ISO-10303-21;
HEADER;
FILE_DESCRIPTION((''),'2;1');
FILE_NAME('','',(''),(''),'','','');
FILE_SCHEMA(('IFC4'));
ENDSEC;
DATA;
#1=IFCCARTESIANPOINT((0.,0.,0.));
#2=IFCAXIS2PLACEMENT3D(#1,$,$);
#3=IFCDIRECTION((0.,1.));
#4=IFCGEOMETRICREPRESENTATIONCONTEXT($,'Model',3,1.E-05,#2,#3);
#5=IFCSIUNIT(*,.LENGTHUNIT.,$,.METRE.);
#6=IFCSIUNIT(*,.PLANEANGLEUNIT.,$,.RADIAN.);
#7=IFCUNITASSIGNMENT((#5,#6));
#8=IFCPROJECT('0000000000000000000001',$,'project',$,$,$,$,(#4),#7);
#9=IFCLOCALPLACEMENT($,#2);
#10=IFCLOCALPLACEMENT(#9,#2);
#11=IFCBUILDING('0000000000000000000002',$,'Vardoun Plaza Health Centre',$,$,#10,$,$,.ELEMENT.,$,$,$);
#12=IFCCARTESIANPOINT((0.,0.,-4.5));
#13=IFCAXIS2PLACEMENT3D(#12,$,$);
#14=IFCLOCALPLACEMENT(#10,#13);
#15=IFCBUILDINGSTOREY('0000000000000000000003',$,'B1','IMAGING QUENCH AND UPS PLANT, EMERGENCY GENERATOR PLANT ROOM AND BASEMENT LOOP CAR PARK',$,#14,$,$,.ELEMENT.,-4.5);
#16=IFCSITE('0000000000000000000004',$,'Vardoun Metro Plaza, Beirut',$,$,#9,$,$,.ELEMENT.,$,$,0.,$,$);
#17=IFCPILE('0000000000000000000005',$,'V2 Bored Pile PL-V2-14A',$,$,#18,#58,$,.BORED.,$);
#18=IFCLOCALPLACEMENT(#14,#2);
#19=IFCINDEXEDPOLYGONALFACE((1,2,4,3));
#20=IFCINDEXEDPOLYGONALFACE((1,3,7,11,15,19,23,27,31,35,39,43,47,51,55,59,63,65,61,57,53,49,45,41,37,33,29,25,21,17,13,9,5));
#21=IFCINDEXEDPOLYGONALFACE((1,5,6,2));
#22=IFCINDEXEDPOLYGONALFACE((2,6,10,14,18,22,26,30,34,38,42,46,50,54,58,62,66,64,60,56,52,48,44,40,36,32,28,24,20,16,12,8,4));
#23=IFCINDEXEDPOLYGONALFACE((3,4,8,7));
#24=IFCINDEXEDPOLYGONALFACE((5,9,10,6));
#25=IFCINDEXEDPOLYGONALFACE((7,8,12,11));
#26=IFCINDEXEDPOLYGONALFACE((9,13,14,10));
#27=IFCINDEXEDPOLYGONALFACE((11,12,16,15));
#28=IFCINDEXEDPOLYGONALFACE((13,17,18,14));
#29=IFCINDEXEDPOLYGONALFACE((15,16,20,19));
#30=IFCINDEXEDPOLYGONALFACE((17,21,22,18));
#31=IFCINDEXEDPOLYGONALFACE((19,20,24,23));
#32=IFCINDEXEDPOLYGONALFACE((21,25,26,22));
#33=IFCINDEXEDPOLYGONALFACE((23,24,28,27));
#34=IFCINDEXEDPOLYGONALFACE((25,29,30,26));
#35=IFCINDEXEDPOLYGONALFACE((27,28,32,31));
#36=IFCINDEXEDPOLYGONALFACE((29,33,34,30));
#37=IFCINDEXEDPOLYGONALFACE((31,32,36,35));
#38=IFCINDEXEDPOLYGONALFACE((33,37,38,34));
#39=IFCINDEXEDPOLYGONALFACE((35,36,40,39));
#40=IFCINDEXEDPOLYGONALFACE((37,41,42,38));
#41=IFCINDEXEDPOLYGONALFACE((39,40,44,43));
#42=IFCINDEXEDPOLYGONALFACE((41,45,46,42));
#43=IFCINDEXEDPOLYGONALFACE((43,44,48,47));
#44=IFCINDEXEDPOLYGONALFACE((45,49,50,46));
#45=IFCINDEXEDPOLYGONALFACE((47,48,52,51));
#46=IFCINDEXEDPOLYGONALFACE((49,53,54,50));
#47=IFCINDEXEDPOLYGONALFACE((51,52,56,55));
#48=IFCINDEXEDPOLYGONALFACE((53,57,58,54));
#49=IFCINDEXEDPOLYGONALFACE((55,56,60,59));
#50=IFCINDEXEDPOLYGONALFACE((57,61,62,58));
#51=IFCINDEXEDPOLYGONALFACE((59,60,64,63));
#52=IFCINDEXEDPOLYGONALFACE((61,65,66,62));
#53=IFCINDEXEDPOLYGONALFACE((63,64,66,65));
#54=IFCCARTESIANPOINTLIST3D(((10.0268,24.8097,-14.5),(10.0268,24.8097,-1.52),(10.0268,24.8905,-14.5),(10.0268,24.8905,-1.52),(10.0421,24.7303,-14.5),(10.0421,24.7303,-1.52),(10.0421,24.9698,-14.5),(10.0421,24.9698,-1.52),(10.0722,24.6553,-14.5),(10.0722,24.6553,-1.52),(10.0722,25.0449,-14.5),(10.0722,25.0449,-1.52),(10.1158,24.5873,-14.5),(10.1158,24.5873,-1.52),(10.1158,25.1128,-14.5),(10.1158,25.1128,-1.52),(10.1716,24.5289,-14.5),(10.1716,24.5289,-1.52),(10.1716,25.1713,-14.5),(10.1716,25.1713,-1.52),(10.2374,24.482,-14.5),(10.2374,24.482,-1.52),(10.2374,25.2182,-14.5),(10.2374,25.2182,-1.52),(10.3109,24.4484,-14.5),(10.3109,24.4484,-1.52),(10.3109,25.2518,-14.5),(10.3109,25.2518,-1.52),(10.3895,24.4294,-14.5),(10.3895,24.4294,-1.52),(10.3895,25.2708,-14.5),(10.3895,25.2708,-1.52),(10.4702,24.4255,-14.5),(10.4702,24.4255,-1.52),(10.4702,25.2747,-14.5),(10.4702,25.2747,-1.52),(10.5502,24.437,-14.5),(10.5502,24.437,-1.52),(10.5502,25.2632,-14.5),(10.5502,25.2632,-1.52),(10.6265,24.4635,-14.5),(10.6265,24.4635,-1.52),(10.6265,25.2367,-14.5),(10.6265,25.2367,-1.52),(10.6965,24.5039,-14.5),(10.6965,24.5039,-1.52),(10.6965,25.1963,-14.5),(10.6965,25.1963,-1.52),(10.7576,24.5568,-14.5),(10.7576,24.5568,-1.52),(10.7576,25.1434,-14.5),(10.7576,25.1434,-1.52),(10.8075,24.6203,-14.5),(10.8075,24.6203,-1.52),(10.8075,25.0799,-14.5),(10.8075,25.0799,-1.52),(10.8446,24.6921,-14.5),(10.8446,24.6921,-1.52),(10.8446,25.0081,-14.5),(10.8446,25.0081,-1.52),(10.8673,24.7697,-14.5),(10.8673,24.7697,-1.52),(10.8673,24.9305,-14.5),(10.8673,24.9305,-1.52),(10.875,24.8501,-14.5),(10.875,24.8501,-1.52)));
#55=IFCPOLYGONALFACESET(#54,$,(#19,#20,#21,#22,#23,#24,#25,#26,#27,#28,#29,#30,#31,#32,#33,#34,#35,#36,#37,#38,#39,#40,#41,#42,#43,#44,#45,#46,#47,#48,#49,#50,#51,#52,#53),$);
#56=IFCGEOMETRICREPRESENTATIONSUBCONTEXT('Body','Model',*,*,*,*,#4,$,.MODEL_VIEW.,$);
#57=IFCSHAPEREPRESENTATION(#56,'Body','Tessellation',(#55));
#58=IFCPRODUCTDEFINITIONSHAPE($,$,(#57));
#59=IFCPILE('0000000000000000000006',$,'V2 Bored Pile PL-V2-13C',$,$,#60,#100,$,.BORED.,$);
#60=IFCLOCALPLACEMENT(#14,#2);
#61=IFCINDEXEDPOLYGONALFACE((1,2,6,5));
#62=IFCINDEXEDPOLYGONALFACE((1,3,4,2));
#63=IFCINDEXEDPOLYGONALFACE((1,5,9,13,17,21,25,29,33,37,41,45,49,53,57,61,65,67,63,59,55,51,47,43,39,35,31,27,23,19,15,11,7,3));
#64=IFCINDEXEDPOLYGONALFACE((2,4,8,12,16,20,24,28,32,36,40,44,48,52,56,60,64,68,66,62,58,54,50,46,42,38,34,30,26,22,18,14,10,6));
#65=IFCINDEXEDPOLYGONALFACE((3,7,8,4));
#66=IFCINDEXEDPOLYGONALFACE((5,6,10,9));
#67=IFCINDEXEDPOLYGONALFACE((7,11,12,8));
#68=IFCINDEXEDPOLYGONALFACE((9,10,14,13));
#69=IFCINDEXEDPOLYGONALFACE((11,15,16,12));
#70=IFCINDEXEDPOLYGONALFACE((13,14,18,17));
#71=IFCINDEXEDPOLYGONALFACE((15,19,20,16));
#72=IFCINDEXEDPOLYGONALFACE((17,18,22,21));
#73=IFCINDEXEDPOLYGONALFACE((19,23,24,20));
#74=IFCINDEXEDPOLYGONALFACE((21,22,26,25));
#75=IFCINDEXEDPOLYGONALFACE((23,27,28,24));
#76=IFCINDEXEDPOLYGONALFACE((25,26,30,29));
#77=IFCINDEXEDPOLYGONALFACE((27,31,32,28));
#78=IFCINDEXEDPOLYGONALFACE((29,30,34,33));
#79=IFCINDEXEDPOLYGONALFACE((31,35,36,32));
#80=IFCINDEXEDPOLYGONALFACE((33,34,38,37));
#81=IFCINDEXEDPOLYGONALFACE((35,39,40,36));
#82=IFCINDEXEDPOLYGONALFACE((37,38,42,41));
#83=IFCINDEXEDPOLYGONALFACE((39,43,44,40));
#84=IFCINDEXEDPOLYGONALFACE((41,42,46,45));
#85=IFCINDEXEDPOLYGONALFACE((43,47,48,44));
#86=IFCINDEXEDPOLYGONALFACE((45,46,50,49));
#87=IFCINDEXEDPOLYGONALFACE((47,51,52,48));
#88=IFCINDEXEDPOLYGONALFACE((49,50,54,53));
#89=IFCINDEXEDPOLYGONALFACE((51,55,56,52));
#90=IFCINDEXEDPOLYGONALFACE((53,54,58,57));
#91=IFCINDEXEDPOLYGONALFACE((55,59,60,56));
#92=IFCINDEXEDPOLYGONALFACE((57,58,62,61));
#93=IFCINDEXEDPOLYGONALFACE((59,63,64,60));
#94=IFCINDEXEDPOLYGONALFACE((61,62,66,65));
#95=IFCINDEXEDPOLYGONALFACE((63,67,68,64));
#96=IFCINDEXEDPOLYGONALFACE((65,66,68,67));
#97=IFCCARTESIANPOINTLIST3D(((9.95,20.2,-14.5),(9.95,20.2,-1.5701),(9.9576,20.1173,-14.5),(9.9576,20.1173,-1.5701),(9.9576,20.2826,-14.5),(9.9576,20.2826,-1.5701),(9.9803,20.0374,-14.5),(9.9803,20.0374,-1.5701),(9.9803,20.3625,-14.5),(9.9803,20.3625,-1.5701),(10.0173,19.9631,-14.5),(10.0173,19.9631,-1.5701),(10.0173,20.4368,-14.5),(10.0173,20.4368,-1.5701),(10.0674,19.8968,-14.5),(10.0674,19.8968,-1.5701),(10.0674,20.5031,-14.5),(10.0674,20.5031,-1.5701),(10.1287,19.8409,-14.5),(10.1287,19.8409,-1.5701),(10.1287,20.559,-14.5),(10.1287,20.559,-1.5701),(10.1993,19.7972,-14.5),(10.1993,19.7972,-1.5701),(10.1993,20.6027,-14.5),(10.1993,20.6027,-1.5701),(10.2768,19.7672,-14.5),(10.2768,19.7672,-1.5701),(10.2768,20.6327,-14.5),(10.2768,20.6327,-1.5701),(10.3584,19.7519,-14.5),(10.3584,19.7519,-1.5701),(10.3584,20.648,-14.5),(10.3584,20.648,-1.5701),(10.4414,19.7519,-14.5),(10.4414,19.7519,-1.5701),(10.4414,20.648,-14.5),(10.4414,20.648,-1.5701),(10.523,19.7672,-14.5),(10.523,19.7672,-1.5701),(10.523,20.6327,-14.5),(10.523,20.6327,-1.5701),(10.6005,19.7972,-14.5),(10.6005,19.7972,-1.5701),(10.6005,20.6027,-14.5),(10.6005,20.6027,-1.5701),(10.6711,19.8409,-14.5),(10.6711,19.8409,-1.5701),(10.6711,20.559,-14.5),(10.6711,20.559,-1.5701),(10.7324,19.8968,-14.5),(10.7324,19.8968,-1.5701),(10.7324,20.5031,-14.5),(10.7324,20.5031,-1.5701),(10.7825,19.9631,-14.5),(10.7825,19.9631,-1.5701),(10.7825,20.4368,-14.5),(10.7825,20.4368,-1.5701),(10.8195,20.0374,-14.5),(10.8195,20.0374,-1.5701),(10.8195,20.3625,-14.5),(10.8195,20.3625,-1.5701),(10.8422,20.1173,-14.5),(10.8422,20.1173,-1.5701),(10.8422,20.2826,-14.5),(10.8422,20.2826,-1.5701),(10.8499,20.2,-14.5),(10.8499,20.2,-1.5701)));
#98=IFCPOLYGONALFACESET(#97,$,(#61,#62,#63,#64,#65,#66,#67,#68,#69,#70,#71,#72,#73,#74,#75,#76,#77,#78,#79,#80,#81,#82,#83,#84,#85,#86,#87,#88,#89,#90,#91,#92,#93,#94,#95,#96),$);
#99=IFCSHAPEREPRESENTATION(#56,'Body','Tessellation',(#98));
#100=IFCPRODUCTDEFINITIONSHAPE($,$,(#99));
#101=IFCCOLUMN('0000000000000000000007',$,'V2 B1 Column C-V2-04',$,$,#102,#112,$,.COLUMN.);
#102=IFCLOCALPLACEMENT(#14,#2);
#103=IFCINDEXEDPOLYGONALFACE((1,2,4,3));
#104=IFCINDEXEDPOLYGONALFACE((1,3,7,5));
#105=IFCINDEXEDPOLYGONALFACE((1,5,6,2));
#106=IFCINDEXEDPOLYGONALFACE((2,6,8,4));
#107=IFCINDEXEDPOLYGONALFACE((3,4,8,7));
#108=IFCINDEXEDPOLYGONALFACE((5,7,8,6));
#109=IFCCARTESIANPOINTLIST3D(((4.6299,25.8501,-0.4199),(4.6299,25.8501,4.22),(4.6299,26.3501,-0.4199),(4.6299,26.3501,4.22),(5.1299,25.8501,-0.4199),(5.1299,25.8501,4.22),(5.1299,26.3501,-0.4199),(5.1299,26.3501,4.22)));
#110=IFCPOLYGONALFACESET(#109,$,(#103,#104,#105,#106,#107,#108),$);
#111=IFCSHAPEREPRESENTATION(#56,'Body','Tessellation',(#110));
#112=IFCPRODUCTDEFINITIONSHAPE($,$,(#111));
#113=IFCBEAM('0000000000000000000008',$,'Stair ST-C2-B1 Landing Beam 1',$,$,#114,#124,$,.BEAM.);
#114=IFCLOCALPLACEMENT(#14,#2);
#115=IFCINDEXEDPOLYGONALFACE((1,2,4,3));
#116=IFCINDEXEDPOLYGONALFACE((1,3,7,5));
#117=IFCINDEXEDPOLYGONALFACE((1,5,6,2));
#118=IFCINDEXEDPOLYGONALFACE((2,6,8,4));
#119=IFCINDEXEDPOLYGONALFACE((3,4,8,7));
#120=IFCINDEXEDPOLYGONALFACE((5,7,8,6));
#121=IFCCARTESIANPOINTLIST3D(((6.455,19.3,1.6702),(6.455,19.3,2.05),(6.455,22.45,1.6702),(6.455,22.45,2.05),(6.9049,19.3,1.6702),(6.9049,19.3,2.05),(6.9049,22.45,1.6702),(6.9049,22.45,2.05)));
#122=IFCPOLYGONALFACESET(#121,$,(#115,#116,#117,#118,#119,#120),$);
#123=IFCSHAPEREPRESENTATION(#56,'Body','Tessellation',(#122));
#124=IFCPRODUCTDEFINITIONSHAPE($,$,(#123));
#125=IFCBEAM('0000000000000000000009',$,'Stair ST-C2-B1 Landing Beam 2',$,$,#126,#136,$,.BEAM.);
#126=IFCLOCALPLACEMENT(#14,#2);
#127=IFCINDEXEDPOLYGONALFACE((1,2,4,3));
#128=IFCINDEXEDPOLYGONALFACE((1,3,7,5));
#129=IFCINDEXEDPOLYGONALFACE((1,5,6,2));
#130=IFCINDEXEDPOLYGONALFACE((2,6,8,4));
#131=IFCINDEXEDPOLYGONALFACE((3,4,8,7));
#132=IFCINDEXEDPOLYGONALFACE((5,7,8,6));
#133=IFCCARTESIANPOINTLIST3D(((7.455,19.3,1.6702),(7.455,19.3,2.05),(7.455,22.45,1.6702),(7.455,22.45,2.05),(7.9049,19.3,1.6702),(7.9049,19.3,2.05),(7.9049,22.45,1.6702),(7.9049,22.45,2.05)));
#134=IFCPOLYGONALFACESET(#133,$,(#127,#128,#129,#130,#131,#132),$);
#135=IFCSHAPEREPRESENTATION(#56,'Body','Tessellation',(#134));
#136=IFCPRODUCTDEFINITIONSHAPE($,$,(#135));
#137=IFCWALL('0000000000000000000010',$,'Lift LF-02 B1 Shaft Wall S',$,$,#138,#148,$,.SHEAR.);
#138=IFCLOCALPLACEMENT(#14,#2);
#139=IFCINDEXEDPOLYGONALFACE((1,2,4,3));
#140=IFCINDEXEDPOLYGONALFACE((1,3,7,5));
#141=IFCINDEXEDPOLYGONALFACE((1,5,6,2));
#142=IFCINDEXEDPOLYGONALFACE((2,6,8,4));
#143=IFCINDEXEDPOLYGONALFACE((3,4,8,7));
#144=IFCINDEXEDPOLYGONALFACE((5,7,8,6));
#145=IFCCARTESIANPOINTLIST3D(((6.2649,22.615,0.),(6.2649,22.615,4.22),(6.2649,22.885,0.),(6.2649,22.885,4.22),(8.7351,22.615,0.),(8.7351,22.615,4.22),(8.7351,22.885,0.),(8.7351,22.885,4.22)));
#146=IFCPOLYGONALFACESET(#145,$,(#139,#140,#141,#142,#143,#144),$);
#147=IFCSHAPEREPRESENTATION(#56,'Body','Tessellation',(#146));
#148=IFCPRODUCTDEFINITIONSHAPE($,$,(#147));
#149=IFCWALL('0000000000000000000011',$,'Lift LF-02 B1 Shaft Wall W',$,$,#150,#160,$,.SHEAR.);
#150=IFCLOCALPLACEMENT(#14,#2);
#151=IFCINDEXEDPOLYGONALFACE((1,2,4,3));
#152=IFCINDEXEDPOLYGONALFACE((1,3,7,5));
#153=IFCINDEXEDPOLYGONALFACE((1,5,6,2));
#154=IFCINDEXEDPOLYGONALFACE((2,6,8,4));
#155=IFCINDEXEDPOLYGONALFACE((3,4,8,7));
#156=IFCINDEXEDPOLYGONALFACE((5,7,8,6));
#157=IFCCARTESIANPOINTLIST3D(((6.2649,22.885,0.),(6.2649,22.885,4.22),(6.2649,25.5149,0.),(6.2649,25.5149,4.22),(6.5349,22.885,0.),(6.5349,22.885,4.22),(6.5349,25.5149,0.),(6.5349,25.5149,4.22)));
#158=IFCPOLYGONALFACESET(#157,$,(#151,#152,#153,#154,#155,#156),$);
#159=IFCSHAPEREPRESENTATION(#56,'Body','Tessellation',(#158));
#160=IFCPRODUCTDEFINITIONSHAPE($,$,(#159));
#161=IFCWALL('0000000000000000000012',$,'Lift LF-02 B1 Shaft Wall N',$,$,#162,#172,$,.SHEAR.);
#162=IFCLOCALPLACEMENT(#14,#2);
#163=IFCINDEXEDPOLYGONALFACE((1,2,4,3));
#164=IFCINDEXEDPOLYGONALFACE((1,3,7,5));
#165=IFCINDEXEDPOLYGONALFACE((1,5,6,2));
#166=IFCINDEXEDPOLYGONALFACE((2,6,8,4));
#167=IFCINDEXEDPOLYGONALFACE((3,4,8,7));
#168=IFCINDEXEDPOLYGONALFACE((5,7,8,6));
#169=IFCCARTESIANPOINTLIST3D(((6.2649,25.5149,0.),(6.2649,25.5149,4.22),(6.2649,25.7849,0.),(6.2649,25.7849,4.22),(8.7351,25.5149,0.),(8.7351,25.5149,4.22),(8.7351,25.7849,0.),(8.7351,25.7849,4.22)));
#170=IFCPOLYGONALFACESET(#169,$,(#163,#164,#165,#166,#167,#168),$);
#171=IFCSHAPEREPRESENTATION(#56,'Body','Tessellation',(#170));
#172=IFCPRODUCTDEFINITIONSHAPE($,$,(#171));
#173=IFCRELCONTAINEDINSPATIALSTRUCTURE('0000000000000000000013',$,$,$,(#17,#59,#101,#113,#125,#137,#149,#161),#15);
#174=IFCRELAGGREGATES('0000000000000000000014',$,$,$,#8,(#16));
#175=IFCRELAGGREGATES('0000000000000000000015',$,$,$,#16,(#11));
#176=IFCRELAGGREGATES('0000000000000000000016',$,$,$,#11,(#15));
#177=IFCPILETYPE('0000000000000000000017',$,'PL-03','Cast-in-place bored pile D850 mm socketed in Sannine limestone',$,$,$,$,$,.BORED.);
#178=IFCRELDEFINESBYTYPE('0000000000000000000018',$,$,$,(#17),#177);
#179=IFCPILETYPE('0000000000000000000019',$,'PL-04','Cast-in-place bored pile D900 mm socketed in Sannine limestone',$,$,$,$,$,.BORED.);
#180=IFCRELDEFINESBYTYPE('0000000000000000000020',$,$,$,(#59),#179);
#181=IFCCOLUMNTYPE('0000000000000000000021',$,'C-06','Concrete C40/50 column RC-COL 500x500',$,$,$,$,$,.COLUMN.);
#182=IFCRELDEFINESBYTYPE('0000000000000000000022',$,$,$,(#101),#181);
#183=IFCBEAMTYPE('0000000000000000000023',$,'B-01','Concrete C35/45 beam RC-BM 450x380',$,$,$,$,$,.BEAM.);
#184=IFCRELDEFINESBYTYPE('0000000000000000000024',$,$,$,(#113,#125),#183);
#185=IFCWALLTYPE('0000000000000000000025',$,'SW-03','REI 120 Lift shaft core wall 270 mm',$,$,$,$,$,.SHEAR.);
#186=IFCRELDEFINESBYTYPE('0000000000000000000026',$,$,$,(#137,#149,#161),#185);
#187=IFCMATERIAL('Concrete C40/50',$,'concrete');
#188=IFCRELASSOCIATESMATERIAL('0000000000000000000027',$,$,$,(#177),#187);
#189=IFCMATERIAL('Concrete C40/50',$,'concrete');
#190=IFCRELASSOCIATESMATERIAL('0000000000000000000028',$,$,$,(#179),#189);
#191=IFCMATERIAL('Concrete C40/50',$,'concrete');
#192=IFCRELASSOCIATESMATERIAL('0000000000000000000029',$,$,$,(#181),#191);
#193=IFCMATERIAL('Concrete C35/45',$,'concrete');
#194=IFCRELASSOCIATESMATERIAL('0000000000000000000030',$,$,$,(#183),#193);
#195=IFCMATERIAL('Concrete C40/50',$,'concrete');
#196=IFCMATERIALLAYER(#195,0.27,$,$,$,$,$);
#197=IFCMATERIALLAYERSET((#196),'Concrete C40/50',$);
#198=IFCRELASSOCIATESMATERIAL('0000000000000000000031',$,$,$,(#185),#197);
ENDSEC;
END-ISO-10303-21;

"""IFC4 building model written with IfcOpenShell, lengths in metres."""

from ifc_helpers import new_model, si_unit, direction, frame, frame_2d, origin, origin_2d, place, context, subcontext, project, spatial, rectangle, circle, extrude, material, layer, layer_set, material_profile, profile_set, type_object, element, save


model = new_model("IFC4")

# Units and contexts
model_context = context("Model", 3, precision=1e-05, world=origin(), true_north=direction((0.0, 1.0)))
body_context = subcontext(model_context, "Body", "Model", "MODEL_VIEW")
ifc_project = project(units=[si_unit("LENGTHUNIT", "METRE"), si_unit("PLANEANGLEUNIT", "RADIAN")], contexts=[model_context])

# Site, building, storey
site_placement = place(None, origin())
site = spatial("IfcSite", under=ifc_project, at=site_placement, Name="Vardoun Metro Plaza, Beirut", CompositionType="ELEMENT", RefElevation=0.0)
building_placement = place(site_placement, origin())
building = spatial("IfcBuilding", under=site, at=building_placement, Name="Vardoun Plaza Health Centre", CompositionType="ELEMENT")
storey_placement = place(building_placement, frame((0.0, 0.0, -4.5)))
storey = spatial("IfcBuildingStorey", under=building, at=storey_placement, Name="B1", Description="IMAGING QUENCH AND UPS PLANT, EMERGENCY GENERATOR PLANT ROOM AND BASEMENT LOOP CAR PARK", CompositionType="ELEMENT", Elevation=-4.5)

# Piles
ifc_material_1 = material(Name="Concrete C40/50", Category="concrete")
ifc_material_profile_1 = material_profile(ifc_material_1, circle(Radius=0.425, at=origin_2d()), Name="PILE D850")
ifc_profile_set_1 = profile_set([ifc_material_profile_1], Name="Concrete C40/50")
pile_type_1 = type_object("IfcPileType", Name="PL-03", Description="Cast-in-place bored pile D850 mm socketed in Sannine limestone", PredefinedType="BORED", material=ifc_profile_set_1)
pile_1_placement = place(storey_placement, frame((10.45, 24.8501, -1.52), z_axis=(0.0, 0.0, -1.0), x_axis=(1.0, 0.0, 0.0)))
element("IfcPile", 1, at=pile_1_placement, inside=storey, type_object=pile_type_1, Name="V2 Bored Pile PL-V2-14A", PredefinedType="BORED", context=body_context, shape_type="SweptSolid", body=[
    extrude(circle(Radius=0.425, at=origin_2d()), origin(), (0.0, 0.0, 1.0), 12.98),
])
ifc_material_2 = material(Name="Concrete C40/50", Category="concrete")
ifc_material_profile_2 = material_profile(ifc_material_2, circle(Radius=0.45, at=origin_2d()), Name="PILE D900")
ifc_profile_set_2 = profile_set([ifc_material_profile_2], Name="Concrete C40/50")
pile_type_2 = type_object("IfcPileType", Name="PL-04", Description="Cast-in-place bored pile D900 mm socketed in Sannine limestone", PredefinedType="BORED", material=ifc_profile_set_2)
pile_2_placement = place(storey_placement, frame((10.3999, 20.2, -1.5701), z_axis=(0.0, 0.0, -1.0), x_axis=(1.0, 0.0, 0.0)))
element("IfcPile", 2, at=pile_2_placement, inside=storey, type_object=pile_type_2, Name="V2 Bored Pile PL-V2-13C", PredefinedType="BORED", context=body_context, shape_type="SweptSolid", body=[
    extrude(circle(Radius=0.45, at=origin_2d()), origin(), (0.0, 0.0, 1.0), 12.9299),
])

# Column
ifc_material_3 = material(Name="Concrete C40/50", Category="concrete")
ifc_material_profile_3 = material_profile(ifc_material_3, rectangle(XDim=0.5, YDim=0.5, at=origin_2d()), Name="RC-COL 500x500")
ifc_profile_set_3 = profile_set([ifc_material_profile_3], Name="Concrete C40/50")
column_type = type_object("IfcColumnType", Name="C-06", Description="Concrete C40/50 column RC-COL 500x500", PredefinedType="COLUMN", material=ifc_profile_set_3)
column_placement = place(storey_placement, frame((4.8799, 26.1001, -0.4199), z_axis=(0.0, 0.0, 1.0), x_axis=(1.0, 0.0, 0.0)))
element("IfcColumn", 3, at=column_placement, inside=storey, type_object=column_type, Name="V2 B1 Column C-V2-04", PredefinedType="COLUMN", context=body_context, shape_type="SweptSolid", body=[
    extrude(rectangle(XDim=0.5, YDim=0.5, at=origin_2d()), origin(), (0.0, 0.0, 1.0), 4.6399),
])

# Beams
ifc_material_4 = material(Name="Concrete C35/45", Category="concrete")
ifc_material_profile_4 = material_profile(ifc_material_4, rectangle(XDim=0.45, YDim=0.3799, at=origin_2d()), Name="RC-BM 450x380")
ifc_profile_set_4 = profile_set([ifc_material_profile_4], Name="Concrete C35/45")
beam_type = type_object("IfcBeamType", Name="B-01", Description="Concrete C35/45 beam RC-BM 450x380", PredefinedType="BEAM", material=ifc_profile_set_4)
for number, where, z_axis, x_axis, name in (
    (4, (6.6799, 19.3, 1.8601), (0.0, 1.0, 0.0), (-1.0, 0.0, 0.0), "Stair ST-C2-B1 Landing Beam 1"),
    (5, (7.6799, 19.3, 1.8601), (0.0, 1.0, 0.0), (-1.0, 0.0, 0.0), "Stair ST-C2-B1 Landing Beam 2"),
):
    element("IfcBeam", number, at=place(storey_placement, frame(where, z_axis=z_axis, x_axis=x_axis)), inside=storey, type_object=beam_type, Name=name, PredefinedType="BEAM", context=body_context, shape_type="SweptSolid", body=[
        extrude(rectangle(XDim=0.45, YDim=0.3799, at=origin_2d()), origin(), (0.0, 0.0, 1.0), 3.1499),
    ])

# Walls
ifc_material_5 = material(Name="Concrete C40/50", Category="concrete")
ifc_layer_1 = layer(ifc_material_5, 0.27)
ifc_layer_set_1 = layer_set([ifc_layer_1], Name="Concrete C40/50")
wall_type_1 = type_object("IfcWallType", Name="SW-03", Description="REI 120 Lift shaft core wall 270 mm", PredefinedType="SHEAR", material=ifc_layer_set_1)
wall_1_placement = place(storey_placement, frame((8.7351, 22.75, 0.0), z_axis=(0.0, 0.0, 1.0), x_axis=(-1.0, 0.0, 0.0)))
element("IfcWall", 6, at=wall_1_placement, inside=storey, type_object=wall_type_1, Name="Lift LF-02 B1 Shaft Wall S", PredefinedType="SHEAR", context=body_context, shape_type="SweptSolid", body=[
    extrude(rectangle(XDim=2.4702, YDim=0.27, at=frame_2d((1.2351, 0.0))), origin(), (0.0, 0.0, 1.0), 4.22),
])
wall_2_placement = place(storey_placement, frame((6.3999, 22.885, 0.0), z_axis=(0.0, 0.0, 1.0), x_axis=(0.0, 1.0, 0.0)))
element("IfcWall", 7, at=wall_2_placement, inside=storey, type_object=wall_type_1, Name="Lift LF-02 B1 Shaft Wall W", PredefinedType="SHEAR", context=body_context, shape_type="SweptSolid", body=[
    extrude(rectangle(XDim=2.6299, YDim=0.27, at=frame_2d((1.3149, 0.0))), origin(), (0.0, 0.0, 1.0), 4.22),
])
wall_3_placement = place(storey_placement, frame((6.2649, 25.6499, 0.0), z_axis=(0.0, 0.0, 1.0), x_axis=(1.0, 0.0, 0.0)))
element("IfcWall", 8, at=wall_3_placement, inside=storey, type_object=wall_type_1, Name="Lift LF-02 B1 Shaft Wall N", PredefinedType="SHEAR", context=body_context, shape_type="SweptSolid", body=[
    extrude(rectangle(XDim=2.4702, YDim=0.27, at=frame_2d((1.2351, 0.0))), origin(), (0.0, 0.0, 1.0), 4.22),
])

save(model, "model.ifc")
